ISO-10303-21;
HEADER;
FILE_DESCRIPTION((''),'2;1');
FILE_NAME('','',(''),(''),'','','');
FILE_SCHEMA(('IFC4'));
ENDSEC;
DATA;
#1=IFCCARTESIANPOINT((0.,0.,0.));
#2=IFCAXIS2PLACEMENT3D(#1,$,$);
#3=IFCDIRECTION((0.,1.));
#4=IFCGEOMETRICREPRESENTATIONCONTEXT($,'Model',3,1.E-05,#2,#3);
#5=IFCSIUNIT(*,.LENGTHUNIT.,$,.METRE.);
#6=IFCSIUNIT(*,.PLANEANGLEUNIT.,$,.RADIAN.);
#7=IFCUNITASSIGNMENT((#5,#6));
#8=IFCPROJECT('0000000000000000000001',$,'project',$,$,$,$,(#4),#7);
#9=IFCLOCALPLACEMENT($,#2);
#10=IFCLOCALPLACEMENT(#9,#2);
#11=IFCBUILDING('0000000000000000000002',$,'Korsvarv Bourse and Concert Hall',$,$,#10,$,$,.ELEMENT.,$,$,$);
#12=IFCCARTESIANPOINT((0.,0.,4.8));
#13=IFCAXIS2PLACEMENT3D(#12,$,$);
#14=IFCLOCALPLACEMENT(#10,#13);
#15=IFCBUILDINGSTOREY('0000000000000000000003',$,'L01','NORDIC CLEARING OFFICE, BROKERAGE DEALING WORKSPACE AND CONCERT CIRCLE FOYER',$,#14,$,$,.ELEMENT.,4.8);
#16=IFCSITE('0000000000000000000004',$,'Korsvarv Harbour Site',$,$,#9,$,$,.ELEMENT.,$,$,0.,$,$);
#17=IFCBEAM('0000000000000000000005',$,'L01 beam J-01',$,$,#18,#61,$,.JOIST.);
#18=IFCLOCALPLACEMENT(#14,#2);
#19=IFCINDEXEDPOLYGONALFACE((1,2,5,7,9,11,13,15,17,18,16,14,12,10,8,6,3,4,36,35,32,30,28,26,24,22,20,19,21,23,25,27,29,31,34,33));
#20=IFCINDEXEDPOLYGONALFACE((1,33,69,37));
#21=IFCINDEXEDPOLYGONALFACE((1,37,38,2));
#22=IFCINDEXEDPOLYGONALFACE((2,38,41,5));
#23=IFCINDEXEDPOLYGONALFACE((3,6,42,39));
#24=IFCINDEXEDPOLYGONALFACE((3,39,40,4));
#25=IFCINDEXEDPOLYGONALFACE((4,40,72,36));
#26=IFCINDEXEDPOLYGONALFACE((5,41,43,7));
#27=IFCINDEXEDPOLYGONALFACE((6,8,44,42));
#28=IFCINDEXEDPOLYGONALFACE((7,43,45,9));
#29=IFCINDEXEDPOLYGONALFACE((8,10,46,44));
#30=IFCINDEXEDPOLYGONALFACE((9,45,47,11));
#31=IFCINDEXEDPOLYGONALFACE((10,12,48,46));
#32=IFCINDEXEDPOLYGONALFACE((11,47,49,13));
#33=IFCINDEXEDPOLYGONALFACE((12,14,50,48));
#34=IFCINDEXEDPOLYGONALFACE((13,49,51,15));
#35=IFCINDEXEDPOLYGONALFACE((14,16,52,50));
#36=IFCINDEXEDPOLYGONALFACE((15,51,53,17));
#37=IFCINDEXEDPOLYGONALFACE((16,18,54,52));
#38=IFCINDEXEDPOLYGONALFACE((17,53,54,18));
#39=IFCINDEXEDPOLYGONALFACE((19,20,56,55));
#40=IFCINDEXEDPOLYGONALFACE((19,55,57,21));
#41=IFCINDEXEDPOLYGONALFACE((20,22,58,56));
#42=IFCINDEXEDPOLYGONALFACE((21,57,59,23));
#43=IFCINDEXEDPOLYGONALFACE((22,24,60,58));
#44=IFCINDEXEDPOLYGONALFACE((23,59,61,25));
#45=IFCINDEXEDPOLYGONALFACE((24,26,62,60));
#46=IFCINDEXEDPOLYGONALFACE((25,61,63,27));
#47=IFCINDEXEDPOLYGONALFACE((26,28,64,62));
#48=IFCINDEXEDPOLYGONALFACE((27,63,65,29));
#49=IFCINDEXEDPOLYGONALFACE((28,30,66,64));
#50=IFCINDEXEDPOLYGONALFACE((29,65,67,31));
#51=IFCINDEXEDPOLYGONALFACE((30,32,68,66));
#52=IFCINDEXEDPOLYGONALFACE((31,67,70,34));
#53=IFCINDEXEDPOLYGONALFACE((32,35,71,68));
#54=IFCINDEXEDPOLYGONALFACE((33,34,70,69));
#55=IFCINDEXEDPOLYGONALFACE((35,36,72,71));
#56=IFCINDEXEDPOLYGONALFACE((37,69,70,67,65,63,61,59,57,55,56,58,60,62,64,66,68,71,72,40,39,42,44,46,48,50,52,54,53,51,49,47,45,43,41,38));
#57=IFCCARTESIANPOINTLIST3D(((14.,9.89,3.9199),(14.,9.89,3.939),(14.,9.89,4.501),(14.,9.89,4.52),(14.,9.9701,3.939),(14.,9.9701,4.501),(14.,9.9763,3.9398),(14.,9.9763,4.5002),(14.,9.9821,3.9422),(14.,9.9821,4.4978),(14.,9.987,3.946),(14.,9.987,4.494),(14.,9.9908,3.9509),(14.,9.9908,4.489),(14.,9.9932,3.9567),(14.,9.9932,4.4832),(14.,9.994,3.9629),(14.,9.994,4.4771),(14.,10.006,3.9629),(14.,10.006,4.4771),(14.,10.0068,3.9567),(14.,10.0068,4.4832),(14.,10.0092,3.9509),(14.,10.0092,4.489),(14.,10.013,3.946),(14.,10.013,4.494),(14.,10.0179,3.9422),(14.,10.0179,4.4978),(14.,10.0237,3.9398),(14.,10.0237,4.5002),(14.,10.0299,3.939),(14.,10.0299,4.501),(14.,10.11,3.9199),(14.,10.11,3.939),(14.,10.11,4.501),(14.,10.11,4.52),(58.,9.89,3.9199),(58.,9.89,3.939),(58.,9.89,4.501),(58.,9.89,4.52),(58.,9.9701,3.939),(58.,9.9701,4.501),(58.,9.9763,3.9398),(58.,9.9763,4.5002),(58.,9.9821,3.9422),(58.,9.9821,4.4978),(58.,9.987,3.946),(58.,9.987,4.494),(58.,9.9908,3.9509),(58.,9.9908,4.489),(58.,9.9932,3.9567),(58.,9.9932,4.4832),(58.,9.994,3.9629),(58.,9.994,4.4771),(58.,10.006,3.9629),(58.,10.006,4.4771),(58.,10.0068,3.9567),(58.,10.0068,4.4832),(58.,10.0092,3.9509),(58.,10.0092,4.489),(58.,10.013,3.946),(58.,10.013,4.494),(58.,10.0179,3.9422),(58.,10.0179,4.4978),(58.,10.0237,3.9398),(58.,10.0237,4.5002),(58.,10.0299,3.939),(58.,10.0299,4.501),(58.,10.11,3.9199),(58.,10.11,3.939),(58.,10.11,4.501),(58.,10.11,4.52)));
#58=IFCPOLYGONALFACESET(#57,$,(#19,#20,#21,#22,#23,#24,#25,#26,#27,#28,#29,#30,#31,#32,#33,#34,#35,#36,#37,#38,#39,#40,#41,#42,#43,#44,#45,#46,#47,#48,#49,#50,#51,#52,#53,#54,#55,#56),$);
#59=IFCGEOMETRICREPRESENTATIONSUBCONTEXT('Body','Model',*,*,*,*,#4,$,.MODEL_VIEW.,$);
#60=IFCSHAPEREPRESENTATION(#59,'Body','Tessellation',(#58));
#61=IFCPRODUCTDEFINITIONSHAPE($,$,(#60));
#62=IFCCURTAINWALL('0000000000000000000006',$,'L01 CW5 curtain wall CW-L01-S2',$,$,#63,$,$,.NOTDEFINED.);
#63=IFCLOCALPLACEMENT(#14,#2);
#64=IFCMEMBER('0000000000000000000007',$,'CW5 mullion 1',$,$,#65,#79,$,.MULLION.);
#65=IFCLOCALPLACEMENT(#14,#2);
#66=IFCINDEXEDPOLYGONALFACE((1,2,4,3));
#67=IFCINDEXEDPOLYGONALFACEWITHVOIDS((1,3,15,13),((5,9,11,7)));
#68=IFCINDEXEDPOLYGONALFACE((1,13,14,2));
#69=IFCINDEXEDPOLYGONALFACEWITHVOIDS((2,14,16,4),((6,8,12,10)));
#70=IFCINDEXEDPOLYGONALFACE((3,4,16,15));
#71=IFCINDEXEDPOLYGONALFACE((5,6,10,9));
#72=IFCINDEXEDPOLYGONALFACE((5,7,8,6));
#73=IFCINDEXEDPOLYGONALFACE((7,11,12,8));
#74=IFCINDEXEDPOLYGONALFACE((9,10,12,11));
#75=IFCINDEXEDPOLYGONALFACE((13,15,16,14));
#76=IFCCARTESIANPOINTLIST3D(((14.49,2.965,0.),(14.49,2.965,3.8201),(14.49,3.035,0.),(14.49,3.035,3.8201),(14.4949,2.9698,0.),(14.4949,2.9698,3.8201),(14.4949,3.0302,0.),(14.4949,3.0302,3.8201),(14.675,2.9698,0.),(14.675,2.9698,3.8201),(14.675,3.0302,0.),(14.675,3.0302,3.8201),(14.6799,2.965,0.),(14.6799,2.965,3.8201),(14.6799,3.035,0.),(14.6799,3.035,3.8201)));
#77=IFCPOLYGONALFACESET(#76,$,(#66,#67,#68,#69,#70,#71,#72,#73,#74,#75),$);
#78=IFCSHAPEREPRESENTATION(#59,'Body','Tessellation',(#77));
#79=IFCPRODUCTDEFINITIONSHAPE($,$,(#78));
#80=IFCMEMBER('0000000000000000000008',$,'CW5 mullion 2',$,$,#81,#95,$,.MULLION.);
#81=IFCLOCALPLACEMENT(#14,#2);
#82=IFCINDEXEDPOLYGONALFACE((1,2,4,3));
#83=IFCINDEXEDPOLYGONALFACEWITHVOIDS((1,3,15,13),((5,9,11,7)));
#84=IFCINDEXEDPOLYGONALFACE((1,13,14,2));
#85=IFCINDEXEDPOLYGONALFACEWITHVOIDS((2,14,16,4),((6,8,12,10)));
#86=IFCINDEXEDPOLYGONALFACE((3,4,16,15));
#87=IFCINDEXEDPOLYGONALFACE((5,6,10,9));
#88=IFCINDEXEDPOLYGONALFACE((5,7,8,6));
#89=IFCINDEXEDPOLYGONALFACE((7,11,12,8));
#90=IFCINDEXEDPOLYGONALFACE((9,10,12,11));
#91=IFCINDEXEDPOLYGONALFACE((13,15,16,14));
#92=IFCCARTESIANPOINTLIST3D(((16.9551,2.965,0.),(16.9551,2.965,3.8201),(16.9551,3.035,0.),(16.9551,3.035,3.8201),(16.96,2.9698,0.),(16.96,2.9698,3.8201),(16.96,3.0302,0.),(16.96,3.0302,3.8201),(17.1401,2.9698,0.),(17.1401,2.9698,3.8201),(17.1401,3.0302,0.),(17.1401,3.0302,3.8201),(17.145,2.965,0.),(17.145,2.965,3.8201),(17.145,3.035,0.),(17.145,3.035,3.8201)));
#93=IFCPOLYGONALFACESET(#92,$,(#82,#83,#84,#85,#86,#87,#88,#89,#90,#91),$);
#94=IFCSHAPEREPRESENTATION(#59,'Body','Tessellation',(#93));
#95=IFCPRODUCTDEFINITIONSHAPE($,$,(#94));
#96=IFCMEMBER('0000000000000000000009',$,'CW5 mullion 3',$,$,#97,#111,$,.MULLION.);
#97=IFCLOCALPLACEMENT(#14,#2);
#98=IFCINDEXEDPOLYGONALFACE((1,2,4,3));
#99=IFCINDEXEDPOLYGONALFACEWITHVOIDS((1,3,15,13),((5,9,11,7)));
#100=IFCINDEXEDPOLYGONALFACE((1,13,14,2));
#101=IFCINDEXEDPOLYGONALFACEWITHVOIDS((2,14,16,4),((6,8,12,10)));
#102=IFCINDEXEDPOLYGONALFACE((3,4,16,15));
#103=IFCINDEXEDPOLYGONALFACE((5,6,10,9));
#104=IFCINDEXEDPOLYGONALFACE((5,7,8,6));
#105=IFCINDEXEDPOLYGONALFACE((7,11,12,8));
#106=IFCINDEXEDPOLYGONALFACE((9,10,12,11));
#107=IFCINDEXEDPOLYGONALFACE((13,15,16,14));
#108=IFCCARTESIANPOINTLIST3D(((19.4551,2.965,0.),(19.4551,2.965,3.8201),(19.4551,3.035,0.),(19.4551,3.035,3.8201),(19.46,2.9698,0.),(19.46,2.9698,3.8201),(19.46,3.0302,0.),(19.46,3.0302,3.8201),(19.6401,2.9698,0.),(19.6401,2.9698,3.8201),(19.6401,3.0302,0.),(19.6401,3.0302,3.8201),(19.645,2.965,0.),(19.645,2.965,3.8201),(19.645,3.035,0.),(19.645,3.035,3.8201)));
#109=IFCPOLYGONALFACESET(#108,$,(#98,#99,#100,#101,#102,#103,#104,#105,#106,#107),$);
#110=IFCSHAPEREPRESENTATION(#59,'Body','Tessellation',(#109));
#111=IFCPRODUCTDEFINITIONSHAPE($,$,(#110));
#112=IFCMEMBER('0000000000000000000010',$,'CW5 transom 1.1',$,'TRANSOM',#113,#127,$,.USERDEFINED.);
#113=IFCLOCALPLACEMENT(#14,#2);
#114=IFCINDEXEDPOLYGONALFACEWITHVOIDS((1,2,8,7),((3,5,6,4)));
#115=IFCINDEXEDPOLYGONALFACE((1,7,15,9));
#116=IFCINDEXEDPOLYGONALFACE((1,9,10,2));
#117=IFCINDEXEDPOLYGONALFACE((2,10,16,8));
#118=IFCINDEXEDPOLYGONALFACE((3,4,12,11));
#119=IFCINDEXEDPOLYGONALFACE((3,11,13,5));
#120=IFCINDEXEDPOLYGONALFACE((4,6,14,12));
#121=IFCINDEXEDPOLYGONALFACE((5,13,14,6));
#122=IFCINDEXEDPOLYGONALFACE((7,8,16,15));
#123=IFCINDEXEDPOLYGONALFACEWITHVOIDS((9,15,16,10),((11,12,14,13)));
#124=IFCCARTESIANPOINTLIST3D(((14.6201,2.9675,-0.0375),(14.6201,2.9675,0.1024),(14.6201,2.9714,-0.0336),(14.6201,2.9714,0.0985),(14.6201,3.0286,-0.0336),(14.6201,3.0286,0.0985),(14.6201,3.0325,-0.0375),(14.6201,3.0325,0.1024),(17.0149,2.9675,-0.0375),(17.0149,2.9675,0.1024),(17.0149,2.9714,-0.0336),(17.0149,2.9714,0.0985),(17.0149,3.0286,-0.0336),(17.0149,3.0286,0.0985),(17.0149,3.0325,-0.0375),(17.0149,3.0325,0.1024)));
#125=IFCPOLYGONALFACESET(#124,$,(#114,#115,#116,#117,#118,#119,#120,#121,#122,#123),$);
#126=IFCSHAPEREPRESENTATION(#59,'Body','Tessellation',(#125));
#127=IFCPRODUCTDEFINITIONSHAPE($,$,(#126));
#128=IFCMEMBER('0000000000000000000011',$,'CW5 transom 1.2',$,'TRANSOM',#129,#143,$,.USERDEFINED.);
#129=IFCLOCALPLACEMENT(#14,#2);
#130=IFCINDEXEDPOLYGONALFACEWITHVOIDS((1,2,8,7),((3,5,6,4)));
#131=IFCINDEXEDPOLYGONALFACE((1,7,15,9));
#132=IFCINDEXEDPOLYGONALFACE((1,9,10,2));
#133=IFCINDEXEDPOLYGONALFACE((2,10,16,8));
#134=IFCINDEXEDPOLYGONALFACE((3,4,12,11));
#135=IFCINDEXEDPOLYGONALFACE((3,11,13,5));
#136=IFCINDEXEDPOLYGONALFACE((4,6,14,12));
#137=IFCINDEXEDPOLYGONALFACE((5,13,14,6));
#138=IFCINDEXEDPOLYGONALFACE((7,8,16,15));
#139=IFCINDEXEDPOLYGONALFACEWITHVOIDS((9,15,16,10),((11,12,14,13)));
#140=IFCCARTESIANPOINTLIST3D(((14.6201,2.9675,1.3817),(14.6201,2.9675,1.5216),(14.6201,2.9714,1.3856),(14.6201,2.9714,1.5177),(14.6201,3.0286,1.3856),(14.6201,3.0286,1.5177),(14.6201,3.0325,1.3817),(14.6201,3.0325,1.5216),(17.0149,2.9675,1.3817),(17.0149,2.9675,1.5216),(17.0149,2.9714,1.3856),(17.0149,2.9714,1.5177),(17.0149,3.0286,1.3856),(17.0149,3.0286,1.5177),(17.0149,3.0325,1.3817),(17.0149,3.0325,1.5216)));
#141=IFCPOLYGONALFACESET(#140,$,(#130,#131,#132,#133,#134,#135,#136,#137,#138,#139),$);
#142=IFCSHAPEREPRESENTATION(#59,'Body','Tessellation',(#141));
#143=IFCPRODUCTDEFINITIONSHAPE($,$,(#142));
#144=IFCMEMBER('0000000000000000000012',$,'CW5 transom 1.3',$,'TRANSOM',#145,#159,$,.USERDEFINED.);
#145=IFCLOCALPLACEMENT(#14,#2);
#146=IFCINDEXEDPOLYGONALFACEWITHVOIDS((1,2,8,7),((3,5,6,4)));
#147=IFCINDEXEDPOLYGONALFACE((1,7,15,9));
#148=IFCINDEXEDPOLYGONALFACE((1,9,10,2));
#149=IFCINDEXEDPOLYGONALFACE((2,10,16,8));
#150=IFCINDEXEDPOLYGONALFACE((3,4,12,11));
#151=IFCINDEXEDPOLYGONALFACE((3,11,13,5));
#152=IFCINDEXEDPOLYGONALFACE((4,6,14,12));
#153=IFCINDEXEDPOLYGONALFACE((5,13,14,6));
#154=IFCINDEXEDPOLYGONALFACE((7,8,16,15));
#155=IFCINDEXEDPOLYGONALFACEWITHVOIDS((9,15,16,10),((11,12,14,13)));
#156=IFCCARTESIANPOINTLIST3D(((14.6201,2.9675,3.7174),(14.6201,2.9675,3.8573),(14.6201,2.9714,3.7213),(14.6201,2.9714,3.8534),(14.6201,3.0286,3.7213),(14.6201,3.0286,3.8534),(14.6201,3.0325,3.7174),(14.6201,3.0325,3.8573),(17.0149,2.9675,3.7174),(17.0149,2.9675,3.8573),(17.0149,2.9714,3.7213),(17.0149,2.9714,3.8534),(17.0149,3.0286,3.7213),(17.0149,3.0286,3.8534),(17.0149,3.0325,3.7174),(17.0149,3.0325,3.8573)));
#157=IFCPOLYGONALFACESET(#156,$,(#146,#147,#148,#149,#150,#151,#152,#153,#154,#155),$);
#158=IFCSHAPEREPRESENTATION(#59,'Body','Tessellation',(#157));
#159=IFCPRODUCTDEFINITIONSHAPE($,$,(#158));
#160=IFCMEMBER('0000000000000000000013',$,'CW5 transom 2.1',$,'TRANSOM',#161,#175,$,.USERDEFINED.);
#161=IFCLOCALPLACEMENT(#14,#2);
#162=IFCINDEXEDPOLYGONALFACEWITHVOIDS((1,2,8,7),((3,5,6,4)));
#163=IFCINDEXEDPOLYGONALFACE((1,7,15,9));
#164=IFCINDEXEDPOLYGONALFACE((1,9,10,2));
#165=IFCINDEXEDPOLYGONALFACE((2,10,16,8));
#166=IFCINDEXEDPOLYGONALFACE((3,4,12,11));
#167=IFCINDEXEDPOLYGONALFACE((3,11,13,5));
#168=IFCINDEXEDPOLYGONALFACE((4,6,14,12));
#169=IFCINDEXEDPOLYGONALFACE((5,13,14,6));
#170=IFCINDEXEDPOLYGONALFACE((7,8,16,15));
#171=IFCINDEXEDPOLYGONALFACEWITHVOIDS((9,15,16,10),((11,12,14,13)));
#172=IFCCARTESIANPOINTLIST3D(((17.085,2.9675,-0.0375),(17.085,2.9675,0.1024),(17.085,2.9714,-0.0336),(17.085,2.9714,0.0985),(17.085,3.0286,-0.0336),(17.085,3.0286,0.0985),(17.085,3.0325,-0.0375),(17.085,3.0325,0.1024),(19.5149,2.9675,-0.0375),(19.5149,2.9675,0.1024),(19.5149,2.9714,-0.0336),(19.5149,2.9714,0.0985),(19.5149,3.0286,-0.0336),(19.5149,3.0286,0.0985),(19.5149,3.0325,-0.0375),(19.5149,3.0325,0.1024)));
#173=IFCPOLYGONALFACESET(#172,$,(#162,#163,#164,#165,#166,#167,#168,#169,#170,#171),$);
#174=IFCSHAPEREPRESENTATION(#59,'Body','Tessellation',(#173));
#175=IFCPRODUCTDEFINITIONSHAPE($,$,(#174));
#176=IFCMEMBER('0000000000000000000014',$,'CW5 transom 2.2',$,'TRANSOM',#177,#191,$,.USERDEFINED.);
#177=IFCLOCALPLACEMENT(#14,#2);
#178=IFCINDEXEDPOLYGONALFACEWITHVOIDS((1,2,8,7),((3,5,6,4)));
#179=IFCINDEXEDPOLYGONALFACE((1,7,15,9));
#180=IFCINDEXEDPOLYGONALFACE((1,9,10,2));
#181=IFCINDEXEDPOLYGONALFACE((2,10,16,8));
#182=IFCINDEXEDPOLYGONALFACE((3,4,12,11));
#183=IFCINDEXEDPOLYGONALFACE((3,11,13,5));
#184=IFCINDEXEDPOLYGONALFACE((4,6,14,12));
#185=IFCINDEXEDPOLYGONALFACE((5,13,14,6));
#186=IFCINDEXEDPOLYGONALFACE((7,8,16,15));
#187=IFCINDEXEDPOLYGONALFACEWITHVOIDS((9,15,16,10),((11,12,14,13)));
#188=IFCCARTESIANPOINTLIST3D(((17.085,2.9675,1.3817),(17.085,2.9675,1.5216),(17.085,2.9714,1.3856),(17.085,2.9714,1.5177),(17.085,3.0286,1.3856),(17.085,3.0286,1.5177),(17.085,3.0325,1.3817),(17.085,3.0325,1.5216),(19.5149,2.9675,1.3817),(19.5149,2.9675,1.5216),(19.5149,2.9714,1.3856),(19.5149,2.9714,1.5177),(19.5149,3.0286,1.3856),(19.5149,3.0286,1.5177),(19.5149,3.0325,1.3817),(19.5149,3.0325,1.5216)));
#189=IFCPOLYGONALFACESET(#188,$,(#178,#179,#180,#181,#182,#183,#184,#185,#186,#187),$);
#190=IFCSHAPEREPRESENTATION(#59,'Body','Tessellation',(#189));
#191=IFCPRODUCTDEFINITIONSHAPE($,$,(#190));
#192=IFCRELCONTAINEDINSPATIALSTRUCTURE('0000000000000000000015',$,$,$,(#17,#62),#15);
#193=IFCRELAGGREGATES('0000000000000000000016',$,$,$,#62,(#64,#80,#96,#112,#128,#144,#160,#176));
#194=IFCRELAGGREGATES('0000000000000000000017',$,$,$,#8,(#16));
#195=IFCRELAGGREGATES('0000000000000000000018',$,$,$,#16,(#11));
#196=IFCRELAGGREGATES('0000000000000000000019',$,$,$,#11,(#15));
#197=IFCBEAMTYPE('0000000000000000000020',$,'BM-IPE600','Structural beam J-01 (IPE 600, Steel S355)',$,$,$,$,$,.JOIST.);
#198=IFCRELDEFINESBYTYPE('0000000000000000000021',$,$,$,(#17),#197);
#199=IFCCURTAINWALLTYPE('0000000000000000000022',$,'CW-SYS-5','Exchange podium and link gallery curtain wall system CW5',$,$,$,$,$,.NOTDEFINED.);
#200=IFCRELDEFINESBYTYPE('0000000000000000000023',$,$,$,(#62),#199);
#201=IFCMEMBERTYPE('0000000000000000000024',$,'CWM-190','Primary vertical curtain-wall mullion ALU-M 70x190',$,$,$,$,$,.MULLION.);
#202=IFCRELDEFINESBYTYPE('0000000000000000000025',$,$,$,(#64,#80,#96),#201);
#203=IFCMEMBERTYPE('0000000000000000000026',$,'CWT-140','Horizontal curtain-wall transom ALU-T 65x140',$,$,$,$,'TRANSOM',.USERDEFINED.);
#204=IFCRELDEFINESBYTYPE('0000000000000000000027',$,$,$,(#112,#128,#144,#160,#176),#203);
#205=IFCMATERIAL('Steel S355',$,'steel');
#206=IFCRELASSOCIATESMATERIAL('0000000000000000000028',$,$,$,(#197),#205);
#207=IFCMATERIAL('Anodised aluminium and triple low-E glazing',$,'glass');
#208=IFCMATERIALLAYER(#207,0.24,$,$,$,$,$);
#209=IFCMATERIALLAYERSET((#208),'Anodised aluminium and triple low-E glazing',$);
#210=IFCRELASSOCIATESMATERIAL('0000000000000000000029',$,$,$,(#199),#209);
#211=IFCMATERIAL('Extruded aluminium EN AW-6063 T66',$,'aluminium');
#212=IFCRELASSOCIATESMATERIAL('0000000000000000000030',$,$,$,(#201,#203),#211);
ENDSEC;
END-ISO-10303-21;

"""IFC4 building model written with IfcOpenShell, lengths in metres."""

from ifc_helpers import new_model, si_unit, direction, frame, origin, origin_2d, place, context, subcontext, project, spatial, hollow_rectangle, i_section, extrude, source, transform, mapped, material, layer, layer_set, material_profile, profile_set, type_object, element, aggregate, save


model = new_model("IFC4")

# Units and contexts
model_context = context("Model", 3, precision=1e-05, world=origin(), true_north=direction((0.0, 1.0)))
body_context = subcontext(model_context, "Body", "Model", "MODEL_VIEW")
ifc_project = project(units=[si_unit("LENGTHUNIT", "METRE"), si_unit("PLANEANGLEUNIT", "RADIAN")], contexts=[model_context])

# Site, building, storey
site_placement = place(None, origin())
site = spatial("IfcSite", under=ifc_project, at=site_placement, Name="Korsvarv Harbour Site", CompositionType="ELEMENT", RefElevation=0.0)
building_placement = place(site_placement, origin())
building = spatial("IfcBuilding", under=site, at=building_placement, Name="Korsvarv Bourse and Concert Hall", CompositionType="ELEMENT")
storey_placement = place(building_placement, frame((0.0, 0.0, 4.8)))
storey = spatial("IfcBuildingStorey", under=building, at=storey_placement, Name="L01", Description="NORDIC CLEARING OFFICE, BROKERAGE DEALING WORKSPACE AND CONCERT CIRCLE FOYER", CompositionType="ELEMENT", Elevation=4.8)

# Beam
ifc_material_1 = material(Name="Steel S355", Category="steel")
ifc_material_profile_1 = material_profile(ifc_material_1, i_section(OverallWidth=0.22, OverallDepth=0.6001, WebThickness=0.012, FlangeThickness=0.019, FilletRadius=0.0239, at=origin_2d()), Name="IPE 600")
ifc_profile_set_1 = profile_set([ifc_material_profile_1], Name="Steel S355")
beam_type = type_object("IfcBeamType", Name="BM-IPE600", Description="Structural beam J-01 (IPE 600, Steel S355)", PredefinedType="JOIST", material=ifc_profile_set_1)
shared_shape_1 = source(origin(), body_context, "Body", "SweptSolid", [
    extrude(i_section(OverallWidth=0.22, OverallDepth=0.6001, WebThickness=0.012, FlangeThickness=0.019, FilletRadius=0.0239, at=origin_2d()), origin(), (0.0, 0.0, 1.0), 44.0),
])
beam_placement = place(storey_placement, frame((14.0, 10.0, 4.22), z_axis=(1.0, 0.0, 0.0), x_axis=(0.0, 1.0, 0.0)))
element("IfcBeam", 1, at=beam_placement, inside=storey, type_object=beam_type, Name="L01 beam J-01", PredefinedType="JOIST", context=body_context, shape_type="MappedRepresentation", body=[
    mapped(shared_shape_1, transform((0.0, 0.0, 0.0), scale=1.0)),
])

# Curtain wall, members
ifc_material_2 = material(Name="Anodised aluminium and triple low-E glazing", Category="glass")
ifc_layer_1 = layer(ifc_material_2, 0.24)
ifc_layer_set_1 = layer_set([ifc_layer_1], Name="Anodised aluminium and triple low-E glazing")
curtain_wall_type = type_object("IfcCurtainWallType", Name="CW-SYS-5", Description="Exchange podium and link gallery curtain wall system CW5", PredefinedType="NOTDEFINED", material=ifc_layer_set_1)
curtain_wall_placement = place(storey_placement, origin())
curtain_wall = element("IfcCurtainWall", 2, at=curtain_wall_placement, inside=storey, type_object=curtain_wall_type, Name="L01 CW5 curtain wall CW-L01-S2", PredefinedType="NOTDEFINED")
ifc_material_3 = material(Name="Extruded aluminium EN AW-6063 T66", Category="aluminium")
ifc_material_profile_2 = material_profile(ifc_material_3, hollow_rectangle(XDim=0.0701, YDim=0.1899, WallThickness=0.0049, at=origin_2d()), Name="ALU-M 70x190")
ifc_profile_set_2 = profile_set([ifc_material_profile_2], Name="Extruded aluminium EN AW-6063 T66")
member_type_1 = type_object("IfcMemberType", Name="CWM-190", Description="Primary vertical curtain-wall mullion ALU-M 70x190", PredefinedType="MULLION", material=ifc_profile_set_2)
shared_shape_2 = source(origin(), body_context, "Body", "SweptSolid", [
    extrude(hollow_rectangle(XDim=0.0701, YDim=0.1899, WallThickness=0.0049, at=origin_2d()), origin(), (0.0, 0.0, 1.0), 3.8201),
])
member_1_placement = place(storey_placement, frame((14.585, 3.0, 0.0), z_axis=(0.0, 0.0, 1.0), x_axis=(0.0, 1.0, 0.0)))
member_1 = element("IfcMember", 3, at=member_1_placement, type_object=member_type_1, Name="CW5 mullion 1", PredefinedType="MULLION", context=body_context, shape_type="MappedRepresentation", body=[
    mapped(shared_shape_2, transform((0.0, 0.0, 0.0), scale=1.0)),
])
member_2_placement = place(storey_placement, frame((17.05, 3.0, 0.0), z_axis=(0.0, 0.0, 1.0), x_axis=(0.0, 1.0, 0.0)))
member_2 = element("IfcMember", 4, at=member_2_placement, type_object=member_type_1, Name="CW5 mullion 2", PredefinedType="MULLION", context=body_context, shape_type="MappedRepresentation", body=[
    mapped(shared_shape_2, transform((0.0, 0.0, 0.0), scale=1.0)),
])
member_3_placement = place(storey_placement, frame((19.55, 3.0, 0.0), z_axis=(0.0, 0.0, 1.0), x_axis=(0.0, 1.0, 0.0)))
member_3 = element("IfcMember", 5, at=member_3_placement, type_object=member_type_1, Name="CW5 mullion 3", PredefinedType="MULLION", context=body_context, shape_type="MappedRepresentation", body=[
    mapped(shared_shape_2, transform((0.0, 0.0, 0.0), scale=1.0)),
])
ifc_material_profile_3 = material_profile(ifc_material_3, hollow_rectangle(XDim=0.0649, YDim=0.1399, WallThickness=0.0039, at=origin_2d()), Name="ALU-T 65x140")
ifc_profile_set_3 = profile_set([ifc_material_profile_3], Name="Extruded aluminium EN AW-6063 T66")
member_type_2 = type_object("IfcMemberType", Name="CWT-140", Description="Horizontal curtain-wall transom ALU-T 65x140", ElementType="TRANSOM", PredefinedType="USERDEFINED", material=ifc_profile_set_3)
shared_shape_3 = source(origin(), body_context, "Body", "SweptSolid", [
    extrude(hollow_rectangle(XDim=0.0649, YDim=0.1399, WallThickness=0.0039, at=origin_2d()), origin(), (0.0, 0.0, 1.0), 2.3948),
])
member_4_placement = place(storey_placement, frame((14.6201, 3.0, 0.0325), z_axis=(1.0, 0.0, 0.0), x_axis=(0.0, 1.0, 0.0)))
member_4 = element("IfcMember", 6, at=member_4_placement, type_object=member_type_2, Name="CW5 transom 1.1", ObjectType="TRANSOM", PredefinedType="USERDEFINED", context=body_context, shape_type="MappedRepresentation", body=[
    mapped(shared_shape_3, transform((0.0, 0.0, 0.0), scale=1.0)),
])
member_5_placement = place(storey_placement, frame((14.6201, 3.0, 1.4517), z_axis=(1.0, 0.0, 0.0), x_axis=(0.0, 1.0, 0.0)))
member_5 = element("IfcMember", 7, at=member_5_placement, type_object=member_type_2, Name="CW5 transom 1.2", ObjectType="TRANSOM", PredefinedType="USERDEFINED", context=body_context, shape_type="MappedRepresentation", body=[
    mapped(shared_shape_3, transform((0.0, 0.0, 0.0), scale=1.0)),
])
member_6_placement = place(storey_placement, frame((14.6201, 3.0, 3.7874), z_axis=(1.0, 0.0, 0.0), x_axis=(0.0, 1.0, 0.0)))
member_6 = element("IfcMember", 8, at=member_6_placement, type_object=member_type_2, Name="CW5 transom 1.3", ObjectType="TRANSOM", PredefinedType="USERDEFINED", context=body_context, shape_type="MappedRepresentation", body=[
    mapped(shared_shape_3, transform((0.0, 0.0, 0.0), scale=1.0)),
])
shared_shape_4 = source(origin(), body_context, "Body", "SweptSolid", [
    extrude(hollow_rectangle(XDim=0.0649, YDim=0.1399, WallThickness=0.0039, at=origin_2d()), origin(), (0.0, 0.0, 1.0), 2.4299),
])
member_7_placement = place(storey_placement, frame((17.085, 3.0, 0.0325), z_axis=(1.0, 0.0, 0.0), x_axis=(0.0, 1.0, 0.0)))
member_7 = element("IfcMember", 9, at=member_7_placement, type_object=member_type_2, Name="CW5 transom 2.1", ObjectType="TRANSOM", PredefinedType="USERDEFINED", context=body_context, shape_type="MappedRepresentation", body=[
    mapped(shared_shape_4, transform((0.0, 0.0, 0.0), scale=1.0)),
])
member_8_placement = place(storey_placement, frame((17.085, 3.0, 1.4517), z_axis=(1.0, 0.0, 0.0), x_axis=(0.0, 1.0, 0.0)))
member_8 = element("IfcMember", 10, at=member_8_placement, type_object=member_type_2, Name="CW5 transom 2.2", ObjectType="TRANSOM", PredefinedType="USERDEFINED", context=body_context, shape_type="MappedRepresentation", body=[
    mapped(shared_shape_4, transform((0.0, 0.0, 0.0), scale=1.0)),
])
aggregate(curtain_wall, [member_1, member_2, member_3, member_4, member_5, member_6, member_7, member_8])

save(model, "model.ifc")
